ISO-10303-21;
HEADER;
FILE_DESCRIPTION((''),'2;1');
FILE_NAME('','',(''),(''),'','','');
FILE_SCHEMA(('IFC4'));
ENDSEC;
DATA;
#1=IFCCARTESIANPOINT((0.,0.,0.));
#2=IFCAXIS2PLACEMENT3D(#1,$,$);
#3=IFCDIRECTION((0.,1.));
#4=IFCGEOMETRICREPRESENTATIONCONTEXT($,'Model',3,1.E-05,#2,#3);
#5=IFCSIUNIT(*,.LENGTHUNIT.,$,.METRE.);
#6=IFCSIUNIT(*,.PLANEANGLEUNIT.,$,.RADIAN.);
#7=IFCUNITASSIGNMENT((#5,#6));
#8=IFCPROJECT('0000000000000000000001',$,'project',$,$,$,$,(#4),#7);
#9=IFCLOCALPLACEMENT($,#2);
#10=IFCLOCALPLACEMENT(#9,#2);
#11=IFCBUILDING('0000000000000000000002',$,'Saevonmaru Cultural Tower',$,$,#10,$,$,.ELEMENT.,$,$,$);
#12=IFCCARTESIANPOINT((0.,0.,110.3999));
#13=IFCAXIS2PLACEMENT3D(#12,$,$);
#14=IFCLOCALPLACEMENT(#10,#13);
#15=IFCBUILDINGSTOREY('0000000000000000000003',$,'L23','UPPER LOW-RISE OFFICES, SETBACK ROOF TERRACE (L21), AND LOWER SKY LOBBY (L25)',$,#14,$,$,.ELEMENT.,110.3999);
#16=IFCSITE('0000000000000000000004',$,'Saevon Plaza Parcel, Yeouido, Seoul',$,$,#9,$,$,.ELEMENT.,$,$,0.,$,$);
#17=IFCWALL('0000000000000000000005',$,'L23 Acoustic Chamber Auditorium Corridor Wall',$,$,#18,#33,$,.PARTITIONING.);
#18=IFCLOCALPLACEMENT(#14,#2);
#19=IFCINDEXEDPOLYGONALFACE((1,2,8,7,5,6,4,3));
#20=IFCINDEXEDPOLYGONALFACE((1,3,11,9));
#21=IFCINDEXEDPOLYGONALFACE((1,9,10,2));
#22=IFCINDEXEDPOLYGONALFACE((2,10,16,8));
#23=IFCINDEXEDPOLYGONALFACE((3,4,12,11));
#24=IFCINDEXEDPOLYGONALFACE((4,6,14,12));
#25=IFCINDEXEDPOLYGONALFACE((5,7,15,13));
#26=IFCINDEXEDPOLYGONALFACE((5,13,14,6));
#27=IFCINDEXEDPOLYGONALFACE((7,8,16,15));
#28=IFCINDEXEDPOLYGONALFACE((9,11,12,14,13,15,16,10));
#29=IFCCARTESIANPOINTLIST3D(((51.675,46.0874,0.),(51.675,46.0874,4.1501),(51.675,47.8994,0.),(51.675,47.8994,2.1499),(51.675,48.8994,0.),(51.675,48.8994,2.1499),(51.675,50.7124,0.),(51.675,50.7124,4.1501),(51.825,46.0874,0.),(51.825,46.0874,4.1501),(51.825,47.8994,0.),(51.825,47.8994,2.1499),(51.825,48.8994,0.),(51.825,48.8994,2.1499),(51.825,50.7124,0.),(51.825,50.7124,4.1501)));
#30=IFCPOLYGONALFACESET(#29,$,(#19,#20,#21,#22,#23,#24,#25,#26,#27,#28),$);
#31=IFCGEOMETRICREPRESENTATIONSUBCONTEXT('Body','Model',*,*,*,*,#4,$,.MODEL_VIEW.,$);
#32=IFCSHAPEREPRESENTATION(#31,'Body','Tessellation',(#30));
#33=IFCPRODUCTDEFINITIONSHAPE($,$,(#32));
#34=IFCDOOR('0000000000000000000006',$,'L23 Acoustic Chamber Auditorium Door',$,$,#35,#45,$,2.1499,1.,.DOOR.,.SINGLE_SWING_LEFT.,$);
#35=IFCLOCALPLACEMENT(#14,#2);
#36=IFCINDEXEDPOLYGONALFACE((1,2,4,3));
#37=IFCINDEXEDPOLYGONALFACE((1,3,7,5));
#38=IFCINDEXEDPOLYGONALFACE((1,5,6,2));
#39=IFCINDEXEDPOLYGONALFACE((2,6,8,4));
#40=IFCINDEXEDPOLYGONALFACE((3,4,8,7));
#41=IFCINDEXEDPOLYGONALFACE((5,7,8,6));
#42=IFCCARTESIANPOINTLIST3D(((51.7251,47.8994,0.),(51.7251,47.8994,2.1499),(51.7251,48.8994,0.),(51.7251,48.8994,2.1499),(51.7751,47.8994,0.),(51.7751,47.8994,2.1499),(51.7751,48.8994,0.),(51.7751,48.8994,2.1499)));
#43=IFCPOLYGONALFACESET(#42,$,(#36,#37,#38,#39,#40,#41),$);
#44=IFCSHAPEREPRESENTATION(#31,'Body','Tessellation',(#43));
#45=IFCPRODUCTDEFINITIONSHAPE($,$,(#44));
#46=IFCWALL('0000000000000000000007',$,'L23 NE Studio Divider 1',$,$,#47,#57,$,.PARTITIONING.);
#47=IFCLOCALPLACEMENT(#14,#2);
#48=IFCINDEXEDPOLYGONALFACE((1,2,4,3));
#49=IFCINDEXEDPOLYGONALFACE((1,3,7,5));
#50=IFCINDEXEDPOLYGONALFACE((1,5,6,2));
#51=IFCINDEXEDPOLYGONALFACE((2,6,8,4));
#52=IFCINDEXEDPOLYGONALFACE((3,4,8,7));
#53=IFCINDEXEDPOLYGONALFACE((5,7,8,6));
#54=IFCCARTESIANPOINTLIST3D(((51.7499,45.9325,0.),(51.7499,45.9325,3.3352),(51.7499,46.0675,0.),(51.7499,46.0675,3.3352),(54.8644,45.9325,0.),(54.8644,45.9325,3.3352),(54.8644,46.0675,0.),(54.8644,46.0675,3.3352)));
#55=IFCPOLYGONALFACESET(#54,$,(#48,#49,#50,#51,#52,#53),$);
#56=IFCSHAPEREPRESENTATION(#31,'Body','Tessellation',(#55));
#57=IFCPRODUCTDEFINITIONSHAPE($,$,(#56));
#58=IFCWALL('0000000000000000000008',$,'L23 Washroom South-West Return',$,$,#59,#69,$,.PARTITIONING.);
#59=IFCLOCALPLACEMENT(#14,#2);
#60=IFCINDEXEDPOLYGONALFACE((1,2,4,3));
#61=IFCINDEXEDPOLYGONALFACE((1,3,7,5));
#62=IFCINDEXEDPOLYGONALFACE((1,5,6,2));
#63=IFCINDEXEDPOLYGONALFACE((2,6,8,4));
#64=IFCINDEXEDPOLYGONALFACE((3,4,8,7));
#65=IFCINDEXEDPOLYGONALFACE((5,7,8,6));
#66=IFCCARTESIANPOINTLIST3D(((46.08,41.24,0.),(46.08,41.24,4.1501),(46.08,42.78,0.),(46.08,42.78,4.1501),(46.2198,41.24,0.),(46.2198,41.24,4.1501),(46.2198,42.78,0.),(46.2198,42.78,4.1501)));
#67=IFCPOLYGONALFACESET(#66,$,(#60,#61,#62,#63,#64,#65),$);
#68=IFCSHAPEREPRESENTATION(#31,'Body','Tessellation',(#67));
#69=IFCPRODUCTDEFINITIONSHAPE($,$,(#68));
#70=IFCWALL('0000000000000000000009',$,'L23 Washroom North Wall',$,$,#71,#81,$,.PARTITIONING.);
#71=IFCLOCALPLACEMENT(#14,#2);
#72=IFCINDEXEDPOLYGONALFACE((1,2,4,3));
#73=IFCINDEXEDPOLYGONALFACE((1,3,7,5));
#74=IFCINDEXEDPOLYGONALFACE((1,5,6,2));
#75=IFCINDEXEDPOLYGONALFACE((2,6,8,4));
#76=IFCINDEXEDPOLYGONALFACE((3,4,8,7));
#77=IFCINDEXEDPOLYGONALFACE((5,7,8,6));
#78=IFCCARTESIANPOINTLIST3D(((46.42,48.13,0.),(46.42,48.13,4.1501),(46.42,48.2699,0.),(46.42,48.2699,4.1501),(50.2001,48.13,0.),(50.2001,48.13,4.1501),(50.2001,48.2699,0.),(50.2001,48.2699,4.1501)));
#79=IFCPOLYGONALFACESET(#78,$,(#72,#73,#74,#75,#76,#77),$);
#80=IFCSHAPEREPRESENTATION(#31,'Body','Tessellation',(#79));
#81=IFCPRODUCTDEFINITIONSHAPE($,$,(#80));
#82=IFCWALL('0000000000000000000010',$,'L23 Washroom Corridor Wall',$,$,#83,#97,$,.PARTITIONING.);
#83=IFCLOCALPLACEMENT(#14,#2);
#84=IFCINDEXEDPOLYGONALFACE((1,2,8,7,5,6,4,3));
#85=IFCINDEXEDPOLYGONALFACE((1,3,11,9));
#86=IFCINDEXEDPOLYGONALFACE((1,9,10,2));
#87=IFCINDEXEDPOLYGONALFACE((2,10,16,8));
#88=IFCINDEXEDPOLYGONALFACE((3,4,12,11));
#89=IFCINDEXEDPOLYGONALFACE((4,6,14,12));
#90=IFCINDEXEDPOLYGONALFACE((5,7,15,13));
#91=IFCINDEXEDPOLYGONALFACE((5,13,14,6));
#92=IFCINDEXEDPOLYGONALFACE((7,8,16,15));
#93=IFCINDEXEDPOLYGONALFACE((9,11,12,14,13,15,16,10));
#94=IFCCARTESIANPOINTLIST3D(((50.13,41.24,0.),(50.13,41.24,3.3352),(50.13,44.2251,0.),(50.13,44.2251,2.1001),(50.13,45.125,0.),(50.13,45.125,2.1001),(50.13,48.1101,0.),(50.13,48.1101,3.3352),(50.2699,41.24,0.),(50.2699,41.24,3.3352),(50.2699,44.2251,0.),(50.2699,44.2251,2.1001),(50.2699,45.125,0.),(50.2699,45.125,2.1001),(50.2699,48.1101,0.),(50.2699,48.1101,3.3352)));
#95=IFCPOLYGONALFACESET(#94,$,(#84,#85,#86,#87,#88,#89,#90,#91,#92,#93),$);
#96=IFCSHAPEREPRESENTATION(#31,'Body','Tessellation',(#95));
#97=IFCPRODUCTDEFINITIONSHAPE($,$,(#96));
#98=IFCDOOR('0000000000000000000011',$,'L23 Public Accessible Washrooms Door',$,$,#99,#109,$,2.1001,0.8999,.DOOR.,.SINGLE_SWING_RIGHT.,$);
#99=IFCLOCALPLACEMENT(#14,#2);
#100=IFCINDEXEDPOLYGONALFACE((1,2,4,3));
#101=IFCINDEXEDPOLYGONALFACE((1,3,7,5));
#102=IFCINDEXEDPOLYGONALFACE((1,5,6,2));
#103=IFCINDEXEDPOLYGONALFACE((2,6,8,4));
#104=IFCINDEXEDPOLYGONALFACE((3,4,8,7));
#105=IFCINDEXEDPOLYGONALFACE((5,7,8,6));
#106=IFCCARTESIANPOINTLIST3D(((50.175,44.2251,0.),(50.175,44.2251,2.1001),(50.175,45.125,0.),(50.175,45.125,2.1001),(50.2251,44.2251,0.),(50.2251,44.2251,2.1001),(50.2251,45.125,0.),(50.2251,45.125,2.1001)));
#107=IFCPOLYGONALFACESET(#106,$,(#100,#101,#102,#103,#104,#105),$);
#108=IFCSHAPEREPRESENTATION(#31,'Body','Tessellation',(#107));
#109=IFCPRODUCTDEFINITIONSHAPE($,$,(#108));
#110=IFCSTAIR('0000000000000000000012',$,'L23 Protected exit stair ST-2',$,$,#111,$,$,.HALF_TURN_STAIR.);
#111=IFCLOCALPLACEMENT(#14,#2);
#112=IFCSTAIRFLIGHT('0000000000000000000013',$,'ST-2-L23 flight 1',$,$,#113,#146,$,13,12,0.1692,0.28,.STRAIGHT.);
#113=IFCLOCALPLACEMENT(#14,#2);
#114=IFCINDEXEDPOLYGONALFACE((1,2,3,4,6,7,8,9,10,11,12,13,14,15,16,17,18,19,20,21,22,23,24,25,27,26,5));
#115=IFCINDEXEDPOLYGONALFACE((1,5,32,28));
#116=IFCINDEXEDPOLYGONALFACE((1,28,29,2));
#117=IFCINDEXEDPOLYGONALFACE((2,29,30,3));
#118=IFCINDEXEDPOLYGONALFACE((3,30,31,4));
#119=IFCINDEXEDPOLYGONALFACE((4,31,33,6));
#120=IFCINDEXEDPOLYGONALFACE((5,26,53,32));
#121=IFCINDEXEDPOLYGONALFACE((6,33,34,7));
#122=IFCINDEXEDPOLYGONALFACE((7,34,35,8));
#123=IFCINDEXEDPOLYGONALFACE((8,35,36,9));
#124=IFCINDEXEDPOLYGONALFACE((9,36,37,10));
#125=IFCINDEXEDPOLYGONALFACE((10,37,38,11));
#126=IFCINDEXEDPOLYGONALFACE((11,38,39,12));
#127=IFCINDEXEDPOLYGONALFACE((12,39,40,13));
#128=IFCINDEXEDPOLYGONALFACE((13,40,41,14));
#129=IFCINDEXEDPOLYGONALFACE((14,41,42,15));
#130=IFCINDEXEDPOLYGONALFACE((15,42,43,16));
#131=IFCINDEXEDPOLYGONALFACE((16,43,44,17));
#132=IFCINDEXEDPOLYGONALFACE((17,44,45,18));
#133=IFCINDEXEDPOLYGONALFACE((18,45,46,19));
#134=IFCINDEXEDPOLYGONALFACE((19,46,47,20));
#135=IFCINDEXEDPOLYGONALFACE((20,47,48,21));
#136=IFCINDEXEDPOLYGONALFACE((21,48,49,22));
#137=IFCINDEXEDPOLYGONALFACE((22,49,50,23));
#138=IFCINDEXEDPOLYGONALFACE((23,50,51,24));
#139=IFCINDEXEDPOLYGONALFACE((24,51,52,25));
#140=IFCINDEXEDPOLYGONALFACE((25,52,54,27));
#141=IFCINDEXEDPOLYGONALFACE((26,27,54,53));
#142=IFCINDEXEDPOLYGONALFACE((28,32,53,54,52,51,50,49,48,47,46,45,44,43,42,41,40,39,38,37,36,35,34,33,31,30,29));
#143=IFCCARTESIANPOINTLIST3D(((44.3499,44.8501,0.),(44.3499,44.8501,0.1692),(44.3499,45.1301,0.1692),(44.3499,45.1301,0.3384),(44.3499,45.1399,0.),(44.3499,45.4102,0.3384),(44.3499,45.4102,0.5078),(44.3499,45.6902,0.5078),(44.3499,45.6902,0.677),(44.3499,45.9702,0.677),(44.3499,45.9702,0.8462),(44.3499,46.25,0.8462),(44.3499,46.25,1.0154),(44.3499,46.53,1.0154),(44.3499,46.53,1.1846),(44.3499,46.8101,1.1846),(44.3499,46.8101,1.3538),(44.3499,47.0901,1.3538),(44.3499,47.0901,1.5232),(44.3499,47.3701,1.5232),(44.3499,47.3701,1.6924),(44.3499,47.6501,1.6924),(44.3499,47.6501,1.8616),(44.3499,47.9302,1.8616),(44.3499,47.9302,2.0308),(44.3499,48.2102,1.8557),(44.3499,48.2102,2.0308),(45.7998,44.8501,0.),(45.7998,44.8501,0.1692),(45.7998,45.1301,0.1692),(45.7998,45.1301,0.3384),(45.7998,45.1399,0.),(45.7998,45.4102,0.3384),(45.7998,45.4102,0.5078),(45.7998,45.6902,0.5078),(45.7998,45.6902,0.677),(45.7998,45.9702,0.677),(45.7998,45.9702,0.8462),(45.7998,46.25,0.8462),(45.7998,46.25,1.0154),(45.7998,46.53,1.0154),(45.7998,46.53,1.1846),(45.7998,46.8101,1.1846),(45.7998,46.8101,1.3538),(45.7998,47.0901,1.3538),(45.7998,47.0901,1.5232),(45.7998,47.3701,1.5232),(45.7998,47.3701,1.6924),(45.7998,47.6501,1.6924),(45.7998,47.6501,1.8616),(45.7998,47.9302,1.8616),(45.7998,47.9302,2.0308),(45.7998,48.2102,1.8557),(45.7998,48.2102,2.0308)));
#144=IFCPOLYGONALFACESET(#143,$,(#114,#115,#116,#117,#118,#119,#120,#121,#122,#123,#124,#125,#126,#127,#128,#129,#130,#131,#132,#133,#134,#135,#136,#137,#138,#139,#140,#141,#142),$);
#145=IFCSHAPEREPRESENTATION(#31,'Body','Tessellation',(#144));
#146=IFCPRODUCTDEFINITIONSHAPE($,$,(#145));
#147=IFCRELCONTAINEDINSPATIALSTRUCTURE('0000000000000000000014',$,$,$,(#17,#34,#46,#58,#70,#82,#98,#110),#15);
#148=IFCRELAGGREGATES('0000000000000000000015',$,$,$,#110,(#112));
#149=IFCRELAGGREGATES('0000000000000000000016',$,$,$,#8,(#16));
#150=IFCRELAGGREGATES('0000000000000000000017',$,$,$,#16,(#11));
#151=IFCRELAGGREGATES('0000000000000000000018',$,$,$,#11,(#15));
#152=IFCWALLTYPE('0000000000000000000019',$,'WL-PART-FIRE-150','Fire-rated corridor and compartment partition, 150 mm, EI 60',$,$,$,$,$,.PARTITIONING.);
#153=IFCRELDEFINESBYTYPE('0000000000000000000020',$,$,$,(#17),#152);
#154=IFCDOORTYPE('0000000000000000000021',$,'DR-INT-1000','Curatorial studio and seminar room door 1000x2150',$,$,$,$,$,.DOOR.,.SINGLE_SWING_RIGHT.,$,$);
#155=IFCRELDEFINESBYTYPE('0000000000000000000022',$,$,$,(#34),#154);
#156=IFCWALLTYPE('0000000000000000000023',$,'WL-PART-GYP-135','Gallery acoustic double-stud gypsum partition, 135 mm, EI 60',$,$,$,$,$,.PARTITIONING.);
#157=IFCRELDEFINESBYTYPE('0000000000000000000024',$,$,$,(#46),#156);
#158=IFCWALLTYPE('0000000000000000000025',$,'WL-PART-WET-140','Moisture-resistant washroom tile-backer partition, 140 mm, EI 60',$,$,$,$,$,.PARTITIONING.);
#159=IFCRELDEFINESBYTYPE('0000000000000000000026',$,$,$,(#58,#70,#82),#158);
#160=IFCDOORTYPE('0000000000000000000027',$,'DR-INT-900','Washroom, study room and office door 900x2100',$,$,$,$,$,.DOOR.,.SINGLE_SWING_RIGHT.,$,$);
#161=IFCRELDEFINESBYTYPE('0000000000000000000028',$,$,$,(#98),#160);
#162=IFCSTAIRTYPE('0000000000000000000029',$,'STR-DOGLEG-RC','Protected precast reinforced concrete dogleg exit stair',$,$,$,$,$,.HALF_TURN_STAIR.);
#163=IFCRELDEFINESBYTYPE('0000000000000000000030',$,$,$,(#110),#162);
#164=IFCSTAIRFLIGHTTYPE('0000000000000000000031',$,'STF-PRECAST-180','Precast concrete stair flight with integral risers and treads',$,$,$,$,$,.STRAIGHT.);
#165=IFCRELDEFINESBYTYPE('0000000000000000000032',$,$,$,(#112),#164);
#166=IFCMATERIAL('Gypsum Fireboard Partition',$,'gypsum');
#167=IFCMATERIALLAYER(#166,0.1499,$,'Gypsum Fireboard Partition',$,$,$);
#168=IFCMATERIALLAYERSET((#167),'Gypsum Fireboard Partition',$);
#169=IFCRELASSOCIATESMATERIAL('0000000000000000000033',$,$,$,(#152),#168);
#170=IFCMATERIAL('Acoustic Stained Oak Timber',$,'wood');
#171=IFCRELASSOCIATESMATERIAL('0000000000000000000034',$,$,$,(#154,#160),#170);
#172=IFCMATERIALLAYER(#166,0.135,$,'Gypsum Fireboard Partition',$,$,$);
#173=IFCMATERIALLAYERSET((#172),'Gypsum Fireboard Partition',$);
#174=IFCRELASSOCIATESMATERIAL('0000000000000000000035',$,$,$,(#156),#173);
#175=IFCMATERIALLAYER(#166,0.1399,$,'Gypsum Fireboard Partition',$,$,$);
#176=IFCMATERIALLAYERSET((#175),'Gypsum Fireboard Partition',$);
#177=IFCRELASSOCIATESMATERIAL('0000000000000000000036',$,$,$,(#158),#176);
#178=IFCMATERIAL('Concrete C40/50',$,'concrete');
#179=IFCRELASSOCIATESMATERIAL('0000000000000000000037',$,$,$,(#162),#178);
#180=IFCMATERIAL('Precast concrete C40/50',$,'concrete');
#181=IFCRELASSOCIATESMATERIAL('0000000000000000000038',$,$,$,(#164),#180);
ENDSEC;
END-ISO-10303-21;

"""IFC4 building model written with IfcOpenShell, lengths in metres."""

from ifc_helpers import new_model, si_unit, direction, frame, frame_2d, origin, place, context, subcontext, project, spatial, polyline, rectangle, outline, extrude, material, layer, layer_set, type_object, element, fill, aggregate, save


model = new_model("IFC4")

# Units and contexts
model_context = context("Model", 3, precision=1e-05, world=origin(), true_north=direction((0.0, 1.0)))
body_context = subcontext(model_context, "Body", "Model", "MODEL_VIEW")
ifc_project = project(units=[si_unit("LENGTHUNIT", "METRE"), si_unit("PLANEANGLEUNIT", "RADIAN")], contexts=[model_context])

# Site, building, storey
site_placement = place(None, origin())
site = spatial("IfcSite", under=ifc_project, at=site_placement, Name="Saevon Plaza Parcel, Yeouido, Seoul", CompositionType="ELEMENT", RefElevation=0.0)
building_placement = place(site_placement, origin())
building = spatial("IfcBuilding", under=site, at=building_placement, Name="Saevonmaru Cultural Tower", CompositionType="ELEMENT")
storey_placement = place(building_placement, frame((0.0, 0.0, 110.3999)))
storey = spatial("IfcBuildingStorey", under=building, at=storey_placement, Name="L23", Description="UPPER LOW-RISE OFFICES, SETBACK ROOF TERRACE (L21), AND LOWER SKY LOBBY (L25)", CompositionType="ELEMENT", Elevation=110.3999)

# Wall, opening, door
ifc_material_1 = material(Name="Gypsum Fireboard Partition", Category="gypsum")
ifc_layer_1 = layer(ifc_material_1, 0.1499, Name="Gypsum Fireboard Partition")
ifc_layer_set_1 = layer_set([ifc_layer_1], Name="Gypsum Fireboard Partition")
wall_type_1 = type_object("IfcWallType", Name="WL-PART-FIRE-150", Description="Fire-rated corridor and compartment partition, 150 mm, EI 60", PredefinedType="PARTITIONING", material=ifc_layer_set_1)
wall_1_placement = place(storey_placement, frame((51.75, 46.0874, 0.0), z_axis=(0.0, 0.0, 1.0), x_axis=(0.0, 1.0, 0.0)))
wall_1 = element("IfcWall", 1, at=wall_1_placement, inside=storey, type_object=wall_type_1, Name="L23 Acoustic Chamber Auditorium Corridor Wall", PredefinedType="PARTITIONING", context=body_context, shape_type="SweptSolid", body=[
    extrude(rectangle(XDim=4.625, YDim=0.1499, at=frame_2d((2.3125, 0.0))), origin(), (0.0, 0.0, 1.0), 4.1501),
])
opening_1_placement = place(wall_1_placement, frame((1.812, 0.0, 0.0)))
opening_1 = element("IfcOpeningElement", 2, at=opening_1_placement, cuts=wall_1, PredefinedType="OPENING", context=body_context, shape_type="SweptSolid", body=[
    extrude(rectangle(XDim=1.0, YDim=2.1499, at=frame_2d((0.5, 1.075))), frame((0.0, 0.085, 0.0), z_axis=(0.0, -1.0, 0.0), x_axis=(1.0, 0.0, 0.0)), (0.0, 0.0, 1.0), 0.1699),
])
ifc_material_2 = material(Name="Acoustic Stained Oak Timber", Category="wood")
door_type_1 = type_object("IfcDoorType", Name="DR-INT-1000", Description="Curatorial studio and seminar room door 1000x2150", OperationType="SINGLE_SWING_RIGHT", PredefinedType="DOOR", material=ifc_material_2)
door_1_placement = place(opening_1_placement, origin())
door_1 = element("IfcDoor", 3, at=door_1_placement, inside=storey, type_object=door_type_1, Name="L23 Acoustic Chamber Auditorium Door", OperationType="SINGLE_SWING_LEFT", OverallHeight=2.1499, OverallWidth=1.0, PredefinedType="DOOR", context=body_context, shape_type="SweptSolid", body=[
    extrude(rectangle(XDim=1.0, YDim=2.1499, at=frame_2d((0.5, 1.075))), frame((0.0, 0.0249, 0.0), z_axis=(0.0, -1.0, 0.0), x_axis=(1.0, 0.0, 0.0)), (0.0, 0.0, 1.0), 0.05),
])
fill(opening_1, door_1)

# Walls
ifc_layer_2 = layer(ifc_material_1, 0.135, Name="Gypsum Fireboard Partition")
ifc_layer_set_2 = layer_set([ifc_layer_2], Name="Gypsum Fireboard Partition")
wall_type_2 = type_object("IfcWallType", Name="WL-PART-GYP-135", Description="Gallery acoustic double-stud gypsum partition, 135 mm, EI 60", PredefinedType="PARTITIONING", material=ifc_layer_set_2)
wall_2_placement = place(storey_placement, frame((51.75, 46.0, 0.0), z_axis=(0.0, 0.0, 1.0), x_axis=(1.0, 0.0, 0.0)))
element("IfcWall", 4, at=wall_2_placement, inside=storey, type_object=wall_type_2, Name="L23 NE Studio Divider 1", PredefinedType="PARTITIONING", context=body_context, shape_type="SweptSolid", body=[
    extrude(rectangle(XDim=3.1145, YDim=0.135, at=frame_2d((1.5571, 0.0))), origin(), (0.0, 0.0, 1.0), 3.3352),
])
ifc_layer_3 = layer(ifc_material_1, 0.1399, Name="Gypsum Fireboard Partition")
ifc_layer_set_3 = layer_set([ifc_layer_3], Name="Gypsum Fireboard Partition")
wall_type_3 = type_object("IfcWallType", Name="WL-PART-WET-140", Description="Moisture-resistant washroom tile-backer partition, 140 mm, EI 60", PredefinedType="PARTITIONING", material=ifc_layer_set_3)
wall_3_placement = place(storey_placement, frame((46.1499, 41.24, 0.0), z_axis=(0.0, 0.0, 1.0), x_axis=(0.0, 1.0, 0.0)))
element("IfcWall", 5, at=wall_3_placement, inside=storey, type_object=wall_type_3, Name="L23 Washroom South-West Return", PredefinedType="PARTITIONING", context=body_context, shape_type="SweptSolid", body=[
    extrude(rectangle(XDim=1.54, YDim=0.1399, at=frame_2d((0.77, 0.0))), origin(), (0.0, 0.0, 1.0), 4.1501),
])
wall_4_placement = place(storey_placement, frame((46.4199, 48.2, 0.0), z_axis=(0.0, 0.0, 1.0), x_axis=(1.0, 0.0, 0.0)))
element("IfcWall", 6, at=wall_4_placement, inside=storey, type_object=wall_type_3, Name="L23 Washroom North Wall", PredefinedType="PARTITIONING", context=body_context, shape_type="SweptSolid", body=[
    extrude(rectangle(XDim=3.78, YDim=0.1399, at=frame_2d((1.8901, 0.0))), origin(), (0.0, 0.0, 1.0), 4.1501),
])

# Wall, opening, door
wall_5_placement = place(storey_placement, frame((50.2, 41.24, 0.0), z_axis=(0.0, 0.0, 1.0), x_axis=(0.0, 1.0, 0.0)))
wall_5 = element("IfcWall", 7, at=wall_5_placement, inside=storey, type_object=wall_type_3, Name="L23 Washroom Corridor Wall", PredefinedType="PARTITIONING", context=body_context, shape_type="SweptSolid", body=[
    extrude(rectangle(XDim=6.8701, YDim=0.1399, at=frame_2d((3.4351, 0.0))), origin(), (0.0, 0.0, 1.0), 3.3352),
])
opening_2_placement = place(wall_5_placement, frame((2.9851, 0.0, 0.0)))
opening_2 = element("IfcOpeningElement", 8, at=opening_2_placement, cuts=wall_5, PredefinedType="OPENING", context=body_context, shape_type="SweptSolid", body=[
    extrude(rectangle(XDim=0.8999, YDim=2.1001, at=frame_2d((0.45, 1.05))), frame((0.0, 0.0801, 0.0), z_axis=(0.0, -1.0, 0.0), x_axis=(1.0, 0.0, 0.0)), (0.0, 0.0, 1.0), 0.1599),
])
door_type_2 = type_object("IfcDoorType", Name="DR-INT-900", Description="Washroom, study room and office door 900x2100", OperationType="SINGLE_SWING_RIGHT", PredefinedType="DOOR", material=ifc_material_2)
door_2_placement = place(opening_2_placement, origin())
door_2 = element("IfcDoor", 9, at=door_2_placement, inside=storey, type_object=door_type_2, Name="L23 Public Accessible Washrooms Door", OperationType="SINGLE_SWING_RIGHT", OverallHeight=2.1001, OverallWidth=0.8999, PredefinedType="DOOR", context=body_context, shape_type="SweptSolid", body=[
    extrude(rectangle(XDim=0.8999, YDim=2.1001, at=frame_2d((0.45, 1.05))), frame((0.0, 0.0249, 0.0), z_axis=(0.0, -1.0, 0.0), x_axis=(1.0, 0.0, 0.0)), (0.0, 0.0, 1.0), 0.05),
])
fill(opening_2, door_2)

# Stair, stair flight
ifc_material_3 = material(Name="Concrete C40/50", Category="concrete")
stair_type = type_object("IfcStairType", Name="STR-DOGLEG-RC", Description="Protected precast reinforced concrete dogleg exit stair", PredefinedType="HALF_TURN_STAIR", material=ifc_material_3)
stair_placement = place(storey_placement, origin())
stair = element("IfcStair", 10, at=stair_placement, inside=storey, type_object=stair_type, Name="L23 Protected exit stair ST-2", PredefinedType="HALF_TURN_STAIR")
ifc_material_4 = material(Name="Precast concrete C40/50", Category="concrete")
stair_flight_type = type_object("IfcStairFlightType", Name="STF-PRECAST-180", Description="Precast concrete stair flight with integral risers and treads", PredefinedType="STRAIGHT", material=ifc_material_4)
stair_flight_1_placement = place(storey_placement, frame((45.075, 44.8501, 0.0), z_axis=(0.0, 0.0, 1.0), x_axis=(0.0, 1.0, 0.0)))
stair_flight_1 = element("IfcStairFlight", 11, at=stair_flight_1_placement, type_object=stair_flight_type, Name="ST-2-L23 flight 1", NumberOfRisers=13, NumberOfTreads=12, PredefinedType="STRAIGHT", RiserHeight=0.1692, TreadLength=0.28, context=body_context, shape_type="SweptSolid", body=[
    extrude(outline(polyline([(0.0, 0.0), (0.0, 0.1692), (0.28, 0.1692), (0.28, 0.3384), (0.5601, 0.3384), (0.5601, 0.5078), (0.8401, 0.5078), (0.8401, 0.677), (1.1201, 0.677), (1.1201, 0.8462), (1.3999, 0.8462), (1.3999, 1.0154), (1.6799, 1.0154), (1.6799, 1.1846), (1.96, 1.1846), (1.96, 1.3538), (2.24, 1.3538), (2.24, 1.5232), (2.52, 1.5232), (2.52, 1.6924), (2.8, 1.6924), (2.8, 1.8616), (3.0801, 1.8616), (3.0801, 2.0308), (3.3601, 2.0308), (3.3601, 2.2), (3.3601, 1.8557), (0.2898, 0.0), (0.0, 0.0)])), frame((0.0, 0.7251, 0.0), z_axis=(0.0, -1.0, 0.0), x_axis=(1.0, 0.0, 0.0)), (0.0, 0.0, 1.0), 1.45),
])
aggregate(stair, [stair_flight_1])

save(model, "model.ifc")
